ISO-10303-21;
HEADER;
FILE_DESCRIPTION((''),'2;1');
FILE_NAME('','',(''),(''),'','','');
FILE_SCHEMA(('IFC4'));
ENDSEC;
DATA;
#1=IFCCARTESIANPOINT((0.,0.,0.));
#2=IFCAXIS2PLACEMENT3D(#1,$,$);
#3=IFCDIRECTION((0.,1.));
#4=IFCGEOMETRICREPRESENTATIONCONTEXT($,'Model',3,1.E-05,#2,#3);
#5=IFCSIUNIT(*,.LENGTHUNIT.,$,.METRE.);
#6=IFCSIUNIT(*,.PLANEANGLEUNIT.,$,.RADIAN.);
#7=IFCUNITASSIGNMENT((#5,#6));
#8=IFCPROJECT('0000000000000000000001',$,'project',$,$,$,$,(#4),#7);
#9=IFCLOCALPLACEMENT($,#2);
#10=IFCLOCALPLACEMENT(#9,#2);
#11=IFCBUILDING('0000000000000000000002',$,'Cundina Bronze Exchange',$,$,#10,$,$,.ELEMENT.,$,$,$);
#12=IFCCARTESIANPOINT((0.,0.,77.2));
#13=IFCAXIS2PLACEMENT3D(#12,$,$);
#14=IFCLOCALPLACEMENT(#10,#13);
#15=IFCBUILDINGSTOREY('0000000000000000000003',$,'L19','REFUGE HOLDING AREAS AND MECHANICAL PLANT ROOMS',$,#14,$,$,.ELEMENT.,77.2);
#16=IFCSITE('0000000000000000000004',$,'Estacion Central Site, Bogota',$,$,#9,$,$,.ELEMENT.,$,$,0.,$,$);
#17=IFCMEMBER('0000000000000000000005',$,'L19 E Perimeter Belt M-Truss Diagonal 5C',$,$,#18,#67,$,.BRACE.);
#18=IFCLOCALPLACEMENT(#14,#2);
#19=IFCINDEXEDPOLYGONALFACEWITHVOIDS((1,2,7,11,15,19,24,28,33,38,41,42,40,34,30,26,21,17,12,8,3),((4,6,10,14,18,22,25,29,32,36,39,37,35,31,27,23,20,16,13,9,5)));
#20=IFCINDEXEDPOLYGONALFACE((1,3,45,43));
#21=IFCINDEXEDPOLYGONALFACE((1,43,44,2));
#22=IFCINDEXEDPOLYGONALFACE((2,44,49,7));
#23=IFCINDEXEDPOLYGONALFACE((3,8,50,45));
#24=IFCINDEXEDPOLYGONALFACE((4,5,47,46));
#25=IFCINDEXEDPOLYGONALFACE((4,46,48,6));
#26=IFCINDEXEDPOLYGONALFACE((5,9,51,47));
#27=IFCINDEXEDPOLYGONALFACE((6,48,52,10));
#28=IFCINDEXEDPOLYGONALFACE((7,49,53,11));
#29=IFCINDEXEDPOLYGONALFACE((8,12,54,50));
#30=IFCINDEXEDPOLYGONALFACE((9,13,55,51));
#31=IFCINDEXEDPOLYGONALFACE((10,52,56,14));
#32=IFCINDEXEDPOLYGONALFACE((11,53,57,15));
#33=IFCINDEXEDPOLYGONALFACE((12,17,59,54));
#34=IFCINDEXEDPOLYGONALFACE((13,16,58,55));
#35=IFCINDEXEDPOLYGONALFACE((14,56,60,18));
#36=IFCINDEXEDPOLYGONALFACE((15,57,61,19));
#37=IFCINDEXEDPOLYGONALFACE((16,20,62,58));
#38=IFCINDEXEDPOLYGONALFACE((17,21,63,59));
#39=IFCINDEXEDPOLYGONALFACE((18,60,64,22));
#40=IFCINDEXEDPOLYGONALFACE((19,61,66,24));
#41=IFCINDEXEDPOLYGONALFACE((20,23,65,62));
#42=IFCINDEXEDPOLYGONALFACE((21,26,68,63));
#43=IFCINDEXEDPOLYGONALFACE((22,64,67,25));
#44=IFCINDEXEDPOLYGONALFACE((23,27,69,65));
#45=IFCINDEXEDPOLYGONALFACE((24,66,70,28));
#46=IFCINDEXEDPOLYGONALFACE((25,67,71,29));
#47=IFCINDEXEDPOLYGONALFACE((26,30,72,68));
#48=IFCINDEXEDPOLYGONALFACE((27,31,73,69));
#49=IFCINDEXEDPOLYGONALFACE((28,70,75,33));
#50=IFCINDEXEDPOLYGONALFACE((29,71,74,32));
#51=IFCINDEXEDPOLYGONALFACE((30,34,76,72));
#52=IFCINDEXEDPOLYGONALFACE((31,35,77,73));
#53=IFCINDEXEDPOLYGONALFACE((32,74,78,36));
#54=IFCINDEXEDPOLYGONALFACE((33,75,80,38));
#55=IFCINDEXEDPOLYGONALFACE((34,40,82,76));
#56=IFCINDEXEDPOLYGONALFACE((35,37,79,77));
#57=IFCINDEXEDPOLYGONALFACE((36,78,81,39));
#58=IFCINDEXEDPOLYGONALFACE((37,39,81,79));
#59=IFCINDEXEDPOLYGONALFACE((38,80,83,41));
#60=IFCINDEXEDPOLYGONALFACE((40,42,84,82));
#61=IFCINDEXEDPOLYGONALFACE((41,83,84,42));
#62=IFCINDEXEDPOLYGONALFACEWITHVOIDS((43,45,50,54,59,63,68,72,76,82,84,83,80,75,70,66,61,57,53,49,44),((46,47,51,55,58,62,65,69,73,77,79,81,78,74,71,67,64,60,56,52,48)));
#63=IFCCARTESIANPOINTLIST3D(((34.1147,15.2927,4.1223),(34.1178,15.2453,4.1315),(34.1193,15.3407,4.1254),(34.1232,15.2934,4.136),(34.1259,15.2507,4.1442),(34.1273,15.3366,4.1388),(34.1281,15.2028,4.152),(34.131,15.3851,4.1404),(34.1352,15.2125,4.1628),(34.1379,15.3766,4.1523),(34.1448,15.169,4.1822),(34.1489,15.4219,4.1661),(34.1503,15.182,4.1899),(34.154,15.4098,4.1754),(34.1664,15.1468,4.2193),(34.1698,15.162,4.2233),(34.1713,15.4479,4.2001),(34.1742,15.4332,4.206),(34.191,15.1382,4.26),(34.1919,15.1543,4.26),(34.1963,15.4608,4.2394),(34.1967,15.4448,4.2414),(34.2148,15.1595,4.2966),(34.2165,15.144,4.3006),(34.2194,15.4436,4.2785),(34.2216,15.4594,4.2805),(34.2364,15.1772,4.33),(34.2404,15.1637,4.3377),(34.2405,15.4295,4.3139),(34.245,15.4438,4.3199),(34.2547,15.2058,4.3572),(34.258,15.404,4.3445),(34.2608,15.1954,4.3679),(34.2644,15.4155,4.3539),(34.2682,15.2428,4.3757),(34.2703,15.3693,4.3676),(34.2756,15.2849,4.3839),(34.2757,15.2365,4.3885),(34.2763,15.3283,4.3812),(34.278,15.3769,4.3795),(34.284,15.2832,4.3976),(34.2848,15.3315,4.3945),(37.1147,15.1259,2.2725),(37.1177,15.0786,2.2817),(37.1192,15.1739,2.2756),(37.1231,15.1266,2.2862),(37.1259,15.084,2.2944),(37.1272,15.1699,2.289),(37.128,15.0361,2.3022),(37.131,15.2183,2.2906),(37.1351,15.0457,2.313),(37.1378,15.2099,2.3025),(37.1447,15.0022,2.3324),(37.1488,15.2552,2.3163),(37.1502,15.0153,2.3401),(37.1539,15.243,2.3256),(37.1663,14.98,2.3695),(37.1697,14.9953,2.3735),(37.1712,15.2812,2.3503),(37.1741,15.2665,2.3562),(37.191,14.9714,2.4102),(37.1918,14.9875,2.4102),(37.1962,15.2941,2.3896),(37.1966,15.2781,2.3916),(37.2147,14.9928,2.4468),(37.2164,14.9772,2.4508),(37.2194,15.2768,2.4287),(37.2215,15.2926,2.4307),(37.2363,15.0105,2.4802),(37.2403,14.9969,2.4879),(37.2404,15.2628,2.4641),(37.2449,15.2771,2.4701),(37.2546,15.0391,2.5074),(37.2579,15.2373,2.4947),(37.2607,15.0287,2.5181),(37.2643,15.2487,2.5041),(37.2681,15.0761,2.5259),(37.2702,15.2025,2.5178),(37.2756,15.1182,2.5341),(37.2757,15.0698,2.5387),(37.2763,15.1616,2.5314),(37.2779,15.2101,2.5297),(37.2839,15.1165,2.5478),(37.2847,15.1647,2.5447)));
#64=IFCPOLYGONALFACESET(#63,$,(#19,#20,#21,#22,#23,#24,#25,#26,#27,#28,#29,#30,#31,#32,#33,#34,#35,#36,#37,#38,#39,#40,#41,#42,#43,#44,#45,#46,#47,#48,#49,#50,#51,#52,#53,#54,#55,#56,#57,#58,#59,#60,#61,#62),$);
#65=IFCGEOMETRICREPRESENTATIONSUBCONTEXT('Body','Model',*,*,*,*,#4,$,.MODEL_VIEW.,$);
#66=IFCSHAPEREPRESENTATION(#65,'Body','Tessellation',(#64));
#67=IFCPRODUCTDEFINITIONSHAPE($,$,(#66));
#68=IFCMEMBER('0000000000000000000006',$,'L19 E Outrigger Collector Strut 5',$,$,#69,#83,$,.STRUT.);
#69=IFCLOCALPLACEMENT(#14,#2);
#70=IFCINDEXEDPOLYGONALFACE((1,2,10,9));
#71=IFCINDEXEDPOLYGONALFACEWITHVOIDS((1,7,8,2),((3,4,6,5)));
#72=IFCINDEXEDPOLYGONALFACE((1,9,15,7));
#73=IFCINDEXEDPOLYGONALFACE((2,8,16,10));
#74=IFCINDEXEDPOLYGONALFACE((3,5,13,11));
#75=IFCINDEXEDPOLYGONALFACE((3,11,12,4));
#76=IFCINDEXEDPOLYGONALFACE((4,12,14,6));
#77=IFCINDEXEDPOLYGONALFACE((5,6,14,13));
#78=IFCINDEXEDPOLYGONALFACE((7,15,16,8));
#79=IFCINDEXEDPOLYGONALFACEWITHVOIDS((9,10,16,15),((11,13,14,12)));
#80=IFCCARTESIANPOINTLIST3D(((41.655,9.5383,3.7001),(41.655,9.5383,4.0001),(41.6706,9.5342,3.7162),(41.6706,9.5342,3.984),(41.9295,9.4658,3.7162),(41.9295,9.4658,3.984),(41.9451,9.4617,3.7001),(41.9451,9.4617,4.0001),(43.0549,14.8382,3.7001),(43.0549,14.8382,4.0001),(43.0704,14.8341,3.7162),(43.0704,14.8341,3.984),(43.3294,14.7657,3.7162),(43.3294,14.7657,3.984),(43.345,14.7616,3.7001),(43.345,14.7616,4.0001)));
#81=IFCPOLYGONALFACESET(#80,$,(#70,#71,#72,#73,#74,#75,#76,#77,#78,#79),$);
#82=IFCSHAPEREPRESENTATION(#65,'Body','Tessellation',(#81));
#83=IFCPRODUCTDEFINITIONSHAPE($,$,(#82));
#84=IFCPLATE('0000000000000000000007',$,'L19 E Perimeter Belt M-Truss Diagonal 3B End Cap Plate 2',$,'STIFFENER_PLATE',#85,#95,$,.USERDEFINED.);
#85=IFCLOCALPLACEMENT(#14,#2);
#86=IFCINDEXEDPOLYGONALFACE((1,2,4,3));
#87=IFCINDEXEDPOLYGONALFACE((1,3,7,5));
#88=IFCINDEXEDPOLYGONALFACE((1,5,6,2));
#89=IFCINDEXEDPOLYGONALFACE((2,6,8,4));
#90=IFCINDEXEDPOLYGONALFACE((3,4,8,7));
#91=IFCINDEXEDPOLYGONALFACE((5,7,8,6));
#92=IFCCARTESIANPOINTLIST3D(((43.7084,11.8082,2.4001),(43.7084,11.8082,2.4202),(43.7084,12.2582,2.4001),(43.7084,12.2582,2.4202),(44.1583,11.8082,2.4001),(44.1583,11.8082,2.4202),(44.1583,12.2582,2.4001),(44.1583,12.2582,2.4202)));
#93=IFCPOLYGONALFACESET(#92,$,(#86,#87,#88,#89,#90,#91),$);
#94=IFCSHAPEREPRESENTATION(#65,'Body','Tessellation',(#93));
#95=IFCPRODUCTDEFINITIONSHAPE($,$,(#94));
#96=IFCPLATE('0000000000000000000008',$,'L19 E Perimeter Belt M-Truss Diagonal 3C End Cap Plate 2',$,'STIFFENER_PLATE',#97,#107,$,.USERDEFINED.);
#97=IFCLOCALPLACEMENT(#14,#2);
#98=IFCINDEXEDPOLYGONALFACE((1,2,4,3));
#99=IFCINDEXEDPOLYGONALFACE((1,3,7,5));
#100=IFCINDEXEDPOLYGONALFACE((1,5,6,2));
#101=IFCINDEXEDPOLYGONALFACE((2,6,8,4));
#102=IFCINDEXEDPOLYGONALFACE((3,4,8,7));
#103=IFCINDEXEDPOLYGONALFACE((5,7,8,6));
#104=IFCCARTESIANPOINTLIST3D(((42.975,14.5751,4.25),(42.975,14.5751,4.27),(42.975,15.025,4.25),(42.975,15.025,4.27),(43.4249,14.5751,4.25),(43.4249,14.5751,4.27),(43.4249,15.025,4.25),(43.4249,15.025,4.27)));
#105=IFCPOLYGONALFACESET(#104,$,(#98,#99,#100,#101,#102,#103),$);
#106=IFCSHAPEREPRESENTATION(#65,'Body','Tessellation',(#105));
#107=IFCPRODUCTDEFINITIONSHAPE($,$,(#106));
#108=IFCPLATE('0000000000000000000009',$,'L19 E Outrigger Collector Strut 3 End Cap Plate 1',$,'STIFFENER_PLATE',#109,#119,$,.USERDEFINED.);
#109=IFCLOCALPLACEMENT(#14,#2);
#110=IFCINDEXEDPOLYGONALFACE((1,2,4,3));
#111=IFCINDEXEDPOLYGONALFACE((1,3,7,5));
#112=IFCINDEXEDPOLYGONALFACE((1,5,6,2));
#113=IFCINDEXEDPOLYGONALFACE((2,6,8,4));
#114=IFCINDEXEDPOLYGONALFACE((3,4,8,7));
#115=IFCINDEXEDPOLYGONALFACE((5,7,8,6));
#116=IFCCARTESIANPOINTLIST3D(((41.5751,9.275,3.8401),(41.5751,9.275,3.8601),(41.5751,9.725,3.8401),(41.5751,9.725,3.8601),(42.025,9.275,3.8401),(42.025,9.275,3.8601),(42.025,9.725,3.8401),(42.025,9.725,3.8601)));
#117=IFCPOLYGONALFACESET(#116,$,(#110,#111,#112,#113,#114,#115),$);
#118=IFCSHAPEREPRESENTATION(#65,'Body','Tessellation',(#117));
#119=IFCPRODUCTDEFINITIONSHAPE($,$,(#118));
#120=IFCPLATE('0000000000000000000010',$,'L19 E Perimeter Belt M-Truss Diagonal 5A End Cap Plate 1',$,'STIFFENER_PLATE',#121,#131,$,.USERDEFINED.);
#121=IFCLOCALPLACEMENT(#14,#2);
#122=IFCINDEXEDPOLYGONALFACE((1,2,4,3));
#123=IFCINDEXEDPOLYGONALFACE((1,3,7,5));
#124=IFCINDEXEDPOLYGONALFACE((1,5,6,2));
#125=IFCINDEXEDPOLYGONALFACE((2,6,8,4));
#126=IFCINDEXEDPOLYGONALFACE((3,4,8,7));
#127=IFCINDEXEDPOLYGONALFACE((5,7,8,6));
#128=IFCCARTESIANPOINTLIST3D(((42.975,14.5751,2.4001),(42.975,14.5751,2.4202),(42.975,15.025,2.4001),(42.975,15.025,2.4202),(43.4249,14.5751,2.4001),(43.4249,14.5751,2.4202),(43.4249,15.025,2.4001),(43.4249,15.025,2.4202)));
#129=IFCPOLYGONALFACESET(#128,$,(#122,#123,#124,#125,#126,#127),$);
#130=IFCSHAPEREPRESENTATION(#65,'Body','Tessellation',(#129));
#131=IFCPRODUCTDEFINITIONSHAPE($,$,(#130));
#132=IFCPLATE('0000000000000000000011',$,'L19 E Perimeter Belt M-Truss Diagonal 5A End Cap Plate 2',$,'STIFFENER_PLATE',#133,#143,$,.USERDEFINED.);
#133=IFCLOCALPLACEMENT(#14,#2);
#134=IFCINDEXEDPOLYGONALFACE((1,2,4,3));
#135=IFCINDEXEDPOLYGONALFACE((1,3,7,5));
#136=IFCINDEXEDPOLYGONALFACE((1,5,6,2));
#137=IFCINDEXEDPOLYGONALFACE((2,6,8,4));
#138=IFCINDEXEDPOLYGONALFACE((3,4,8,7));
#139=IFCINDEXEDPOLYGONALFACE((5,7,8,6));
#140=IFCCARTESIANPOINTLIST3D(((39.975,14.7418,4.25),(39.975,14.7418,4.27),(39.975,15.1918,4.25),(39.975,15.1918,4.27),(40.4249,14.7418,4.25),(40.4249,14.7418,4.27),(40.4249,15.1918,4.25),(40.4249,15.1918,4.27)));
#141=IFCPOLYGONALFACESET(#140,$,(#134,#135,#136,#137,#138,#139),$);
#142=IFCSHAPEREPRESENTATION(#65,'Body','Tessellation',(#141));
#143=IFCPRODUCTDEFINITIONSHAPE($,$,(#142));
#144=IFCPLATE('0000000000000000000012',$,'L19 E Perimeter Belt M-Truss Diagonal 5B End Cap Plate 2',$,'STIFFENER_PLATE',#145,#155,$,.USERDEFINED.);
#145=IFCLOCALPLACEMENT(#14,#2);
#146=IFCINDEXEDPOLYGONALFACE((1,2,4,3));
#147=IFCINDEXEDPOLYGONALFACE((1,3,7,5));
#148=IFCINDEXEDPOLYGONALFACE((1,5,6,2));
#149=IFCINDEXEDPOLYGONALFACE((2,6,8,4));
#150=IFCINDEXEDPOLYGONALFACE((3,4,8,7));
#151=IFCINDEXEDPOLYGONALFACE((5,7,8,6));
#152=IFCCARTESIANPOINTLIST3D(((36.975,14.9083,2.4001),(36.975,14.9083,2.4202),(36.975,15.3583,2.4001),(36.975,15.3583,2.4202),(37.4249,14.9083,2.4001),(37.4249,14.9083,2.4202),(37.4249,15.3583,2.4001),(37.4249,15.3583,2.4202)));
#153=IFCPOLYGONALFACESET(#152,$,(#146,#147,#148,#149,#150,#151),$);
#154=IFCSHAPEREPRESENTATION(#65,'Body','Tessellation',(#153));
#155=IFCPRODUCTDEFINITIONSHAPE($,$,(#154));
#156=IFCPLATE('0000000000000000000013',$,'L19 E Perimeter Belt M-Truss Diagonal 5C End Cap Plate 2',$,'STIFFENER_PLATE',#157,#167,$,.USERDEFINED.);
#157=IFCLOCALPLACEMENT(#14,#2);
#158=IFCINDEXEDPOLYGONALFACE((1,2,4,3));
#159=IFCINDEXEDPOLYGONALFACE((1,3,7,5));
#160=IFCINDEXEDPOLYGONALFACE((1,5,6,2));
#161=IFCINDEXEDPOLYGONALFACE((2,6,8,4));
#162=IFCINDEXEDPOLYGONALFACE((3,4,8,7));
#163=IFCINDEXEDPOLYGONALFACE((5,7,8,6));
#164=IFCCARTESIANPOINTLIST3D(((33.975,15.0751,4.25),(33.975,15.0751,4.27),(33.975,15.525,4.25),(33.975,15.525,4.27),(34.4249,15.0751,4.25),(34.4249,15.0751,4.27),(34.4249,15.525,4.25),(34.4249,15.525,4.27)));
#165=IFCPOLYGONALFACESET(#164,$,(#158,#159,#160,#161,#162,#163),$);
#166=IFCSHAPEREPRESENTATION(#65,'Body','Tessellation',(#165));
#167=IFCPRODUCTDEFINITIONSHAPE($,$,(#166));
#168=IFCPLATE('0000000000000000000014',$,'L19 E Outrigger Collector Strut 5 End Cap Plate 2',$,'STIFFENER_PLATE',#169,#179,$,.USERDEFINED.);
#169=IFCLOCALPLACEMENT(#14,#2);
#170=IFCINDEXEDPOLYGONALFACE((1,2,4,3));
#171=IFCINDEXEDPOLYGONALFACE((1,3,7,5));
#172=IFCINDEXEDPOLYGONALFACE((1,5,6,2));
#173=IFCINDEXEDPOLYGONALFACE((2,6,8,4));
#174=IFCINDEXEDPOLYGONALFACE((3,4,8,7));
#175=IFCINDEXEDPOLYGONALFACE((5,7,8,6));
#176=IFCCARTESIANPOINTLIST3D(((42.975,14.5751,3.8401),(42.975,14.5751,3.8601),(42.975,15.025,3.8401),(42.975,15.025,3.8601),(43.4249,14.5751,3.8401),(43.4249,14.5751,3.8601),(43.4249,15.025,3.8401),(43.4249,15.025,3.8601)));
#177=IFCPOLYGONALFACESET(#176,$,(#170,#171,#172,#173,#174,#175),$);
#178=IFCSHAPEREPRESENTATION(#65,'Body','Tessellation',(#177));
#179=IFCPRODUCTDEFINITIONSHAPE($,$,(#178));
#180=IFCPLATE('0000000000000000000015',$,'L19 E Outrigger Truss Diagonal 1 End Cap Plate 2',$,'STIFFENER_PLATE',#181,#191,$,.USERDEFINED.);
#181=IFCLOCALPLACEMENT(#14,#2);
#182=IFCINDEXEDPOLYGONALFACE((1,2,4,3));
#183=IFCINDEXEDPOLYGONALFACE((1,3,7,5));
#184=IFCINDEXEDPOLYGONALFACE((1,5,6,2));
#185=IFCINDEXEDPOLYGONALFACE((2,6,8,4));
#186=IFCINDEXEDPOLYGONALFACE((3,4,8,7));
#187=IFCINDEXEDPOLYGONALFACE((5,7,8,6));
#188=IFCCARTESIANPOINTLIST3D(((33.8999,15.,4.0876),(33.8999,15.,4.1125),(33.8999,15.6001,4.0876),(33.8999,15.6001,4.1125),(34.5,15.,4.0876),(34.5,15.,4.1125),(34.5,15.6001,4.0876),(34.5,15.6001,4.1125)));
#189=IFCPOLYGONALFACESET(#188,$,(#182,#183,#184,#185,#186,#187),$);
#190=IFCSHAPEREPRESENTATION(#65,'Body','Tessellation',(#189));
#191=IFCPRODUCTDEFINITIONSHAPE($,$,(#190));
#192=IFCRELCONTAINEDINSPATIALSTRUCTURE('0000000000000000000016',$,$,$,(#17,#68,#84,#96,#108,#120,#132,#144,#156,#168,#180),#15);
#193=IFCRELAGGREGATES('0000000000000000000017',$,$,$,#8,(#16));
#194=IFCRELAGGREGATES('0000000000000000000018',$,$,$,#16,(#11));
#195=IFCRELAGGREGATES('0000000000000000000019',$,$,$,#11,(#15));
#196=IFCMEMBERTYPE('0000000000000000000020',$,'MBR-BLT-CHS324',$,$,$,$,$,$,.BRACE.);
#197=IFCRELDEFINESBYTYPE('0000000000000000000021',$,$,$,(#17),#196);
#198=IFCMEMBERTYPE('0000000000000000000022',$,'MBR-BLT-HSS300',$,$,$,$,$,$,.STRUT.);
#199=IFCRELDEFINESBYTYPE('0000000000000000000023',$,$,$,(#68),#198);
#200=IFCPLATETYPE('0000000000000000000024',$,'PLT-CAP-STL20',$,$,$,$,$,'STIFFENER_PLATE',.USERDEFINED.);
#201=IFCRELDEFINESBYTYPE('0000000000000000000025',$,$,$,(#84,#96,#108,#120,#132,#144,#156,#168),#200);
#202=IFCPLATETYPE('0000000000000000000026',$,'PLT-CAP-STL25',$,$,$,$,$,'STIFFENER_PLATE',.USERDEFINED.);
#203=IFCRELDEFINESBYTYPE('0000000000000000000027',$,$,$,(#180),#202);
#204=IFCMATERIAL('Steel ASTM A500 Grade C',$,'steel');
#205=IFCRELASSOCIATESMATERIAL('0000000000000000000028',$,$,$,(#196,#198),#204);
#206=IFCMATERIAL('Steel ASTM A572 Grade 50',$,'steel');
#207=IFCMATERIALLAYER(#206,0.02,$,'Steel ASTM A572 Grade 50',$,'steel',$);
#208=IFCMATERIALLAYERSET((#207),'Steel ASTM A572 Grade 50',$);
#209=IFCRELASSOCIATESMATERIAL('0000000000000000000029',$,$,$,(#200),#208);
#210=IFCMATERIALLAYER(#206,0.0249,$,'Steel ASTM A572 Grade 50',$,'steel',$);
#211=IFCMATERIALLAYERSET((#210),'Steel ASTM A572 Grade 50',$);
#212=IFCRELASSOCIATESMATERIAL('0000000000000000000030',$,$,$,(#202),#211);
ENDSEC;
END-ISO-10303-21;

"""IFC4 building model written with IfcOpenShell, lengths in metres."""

from ifc_helpers import new_model, si_unit, direction, frame, origin, origin_2d, place, context, subcontext, project, spatial, rectangle, hollow_rectangle, hollow_circle, extrude, material, layer, layer_set, material_profile, profile_set, type_object, element, save


model = new_model("IFC4")

# Units and contexts
model_context = context("Model", 3, precision=1e-05, world=origin(), true_north=direction((0.0, 1.0)))
body_context = subcontext(model_context, "Body", "Model", "MODEL_VIEW")
ifc_project = project(units=[si_unit("LENGTHUNIT", "METRE"), si_unit("PLANEANGLEUNIT", "RADIAN")], contexts=[model_context])

# Site, building, storey
site_placement = place(None, origin())
site = spatial("IfcSite", under=ifc_project, at=site_placement, Name="Estacion Central Site, Bogota", CompositionType="ELEMENT", RefElevation=0.0)
building_placement = place(site_placement, origin())
building = spatial("IfcBuilding", under=site, at=building_placement, Name="Cundina Bronze Exchange", CompositionType="ELEMENT")
storey_placement = place(building_placement, frame((0.0, 0.0, 77.2)))
storey = spatial("IfcBuildingStorey", under=building, at=storey_placement, Name="L19", Description="REFUGE HOLDING AREAS AND MECHANICAL PLANT ROOMS", CompositionType="ELEMENT", Elevation=77.2)

# Members
ifc_material_1 = material(Name="Steel ASTM A500 Grade C", Category="steel")
ifc_material_profile_1 = material_profile(ifc_material_1, hollow_circle(Radius=0.1621, WallThickness=0.0161, at=origin_2d()), Name="CHS324X16", Category="steel")
ifc_profile_set_1 = profile_set([ifc_material_profile_1], Name="Steel ASTM A500 Grade C")
member_type_1 = type_object("IfcMemberType", Name="MBR-BLT-CHS324", PredefinedType="BRACE", material=ifc_profile_set_1)
for number, where, z_axis, x_axis, name in (
    (1, (37.2, 15.1333, 2.4102), (-0.850238, 0.047259, 0.524272), (-0.055497, -0.998459, 0.0), "L19 E Perimeter Belt M-Truss Diagonal 5C"),
):
    element("IfcMember", number, at=place(storey_placement, frame(where, z_axis=z_axis, x_axis=x_axis)), inside=storey, type_object=member_type_1, Name=name, PredefinedType="BRACE", context=body_context, shape_type="SweptSolid", body=[
        extrude(hollow_circle(Radius=0.1621, WallThickness=0.0161, at=origin_2d()), origin(), (0.0, 0.0, 1.0), 3.5283),
    ])
ifc_material_profile_2 = material_profile(ifc_material_1, hollow_rectangle(XDim=0.3, YDim=0.3, WallThickness=0.0161, at=origin_2d()), Name="HSS300X300X16", Category="steel")
ifc_profile_set_2 = profile_set([ifc_material_profile_2], Name="Steel ASTM A500 Grade C")
member_type_2 = type_object("IfcMemberType", Name="MBR-BLT-HSS300", PredefinedType="STRUT", material=ifc_profile_set_2)
member_1_placement = place(storey_placement, frame((41.8, 9.5, 3.8501), z_axis=(0.255372, 0.966843, 0.0), x_axis=(-0.966843, 0.255372, 0.0)))
element("IfcMember", 2, at=member_1_placement, inside=storey, type_object=member_type_2, Name="L19 E Outrigger Collector Strut 5", PredefinedType="STRUT", context=body_context, shape_type="SweptSolid", body=[
    extrude(hollow_rectangle(XDim=0.3, YDim=0.3, WallThickness=0.0161, at=origin_2d()), origin(), (0.0, 0.0, 1.0), 5.4817),
])

# Plates
ifc_material_2 = material(Name="Steel ASTM A572 Grade 50", Category="steel")
ifc_layer_1 = layer(ifc_material_2, 0.02, Name="Steel ASTM A572 Grade 50", Category="steel")
ifc_layer_set_1 = layer_set([ifc_layer_1], Name="Steel ASTM A572 Grade 50")
plate_type_1 = type_object("IfcPlateType", Name="PLT-CAP-STL20", ElementType="STIFFENER_PLATE", PredefinedType="USERDEFINED", material=ifc_layer_set_1)
for number, where, z_axis, x_axis, name in (
    (3, (43.9333, 12.0332, 2.4001), (0.0, 0.0, 1.0), (1.0, 0.0, 0.0), "L19 E Perimeter Belt M-Truss Diagonal 3B End Cap Plate 2"),
    (4, (43.2, 14.8, 4.25), (0.0, 0.0, 1.0), (1.0, 0.0, 0.0), "L19 E Perimeter Belt M-Truss Diagonal 3C End Cap Plate 2"),
    (5, (41.8, 9.5, 3.8401), (0.0, 0.0, 1.0), (1.0, 0.0, 0.0), "L19 E Outrigger Collector Strut 3 End Cap Plate 1"),
    (6, (43.2, 14.8, 2.4001), (0.0, 0.0, 1.0), (1.0, 0.0, 0.0), "L19 E Perimeter Belt M-Truss Diagonal 5A End Cap Plate 1"),
    (7, (40.2, 14.9668, 4.25), (0.0, 0.0, 1.0), (1.0, 0.0, 0.0), "L19 E Perimeter Belt M-Truss Diagonal 5A End Cap Plate 2"),
    (8, (37.2, 15.1333, 2.4001), (0.0, 0.0, 1.0), (1.0, 0.0, 0.0), "L19 E Perimeter Belt M-Truss Diagonal 5B End Cap Plate 2"),
    (9, (34.2, 15.3, 4.25), (0.0, 0.0, 1.0), (1.0, 0.0, 0.0), "L19 E Perimeter Belt M-Truss Diagonal 5C End Cap Plate 2"),
    (10, (43.2, 14.8, 3.8401), (0.0, 0.0, 1.0), (1.0, 0.0, 0.0), "L19 E Outrigger Collector Strut 5 End Cap Plate 2"),
):
    element("IfcPlate", number, at=place(storey_placement, frame(where, z_axis=z_axis, x_axis=x_axis)), inside=storey, type_object=plate_type_1, Name=name, ObjectType="STIFFENER_PLATE", PredefinedType="USERDEFINED", context=body_context, shape_type="SweptSolid", body=[
        extrude(rectangle(XDim=0.45, YDim=0.45, at=origin_2d()), origin(), (0.0, 0.0, 1.0), 0.02),
    ])
ifc_layer_2 = layer(ifc_material_2, 0.0249, Name="Steel ASTM A572 Grade 50", Category="steel")
ifc_layer_set_2 = layer_set([ifc_layer_2], Name="Steel ASTM A572 Grade 50")
plate_type_2 = type_object("IfcPlateType", Name="PLT-CAP-STL25", ElementType="STIFFENER_PLATE", PredefinedType="USERDEFINED", material=ifc_layer_set_2)
plate_placement = place(storey_placement, frame((34.2, 15.3, 4.0876), z_axis=(0.0, 0.0, 1.0), x_axis=(1.0, 0.0, 0.0)))
element("IfcPlate", 11, at=plate_placement, inside=storey, type_object=plate_type_2, Name="L19 E Outrigger Truss Diagonal 1 End Cap Plate 2", ObjectType="STIFFENER_PLATE", PredefinedType="USERDEFINED", context=body_context, shape_type="SweptSolid", body=[
    extrude(rectangle(XDim=0.6001, YDim=0.6001, at=origin_2d()), origin(), (0.0, 0.0, 1.0), 0.0249),
])

save(model, "model.ifc")
